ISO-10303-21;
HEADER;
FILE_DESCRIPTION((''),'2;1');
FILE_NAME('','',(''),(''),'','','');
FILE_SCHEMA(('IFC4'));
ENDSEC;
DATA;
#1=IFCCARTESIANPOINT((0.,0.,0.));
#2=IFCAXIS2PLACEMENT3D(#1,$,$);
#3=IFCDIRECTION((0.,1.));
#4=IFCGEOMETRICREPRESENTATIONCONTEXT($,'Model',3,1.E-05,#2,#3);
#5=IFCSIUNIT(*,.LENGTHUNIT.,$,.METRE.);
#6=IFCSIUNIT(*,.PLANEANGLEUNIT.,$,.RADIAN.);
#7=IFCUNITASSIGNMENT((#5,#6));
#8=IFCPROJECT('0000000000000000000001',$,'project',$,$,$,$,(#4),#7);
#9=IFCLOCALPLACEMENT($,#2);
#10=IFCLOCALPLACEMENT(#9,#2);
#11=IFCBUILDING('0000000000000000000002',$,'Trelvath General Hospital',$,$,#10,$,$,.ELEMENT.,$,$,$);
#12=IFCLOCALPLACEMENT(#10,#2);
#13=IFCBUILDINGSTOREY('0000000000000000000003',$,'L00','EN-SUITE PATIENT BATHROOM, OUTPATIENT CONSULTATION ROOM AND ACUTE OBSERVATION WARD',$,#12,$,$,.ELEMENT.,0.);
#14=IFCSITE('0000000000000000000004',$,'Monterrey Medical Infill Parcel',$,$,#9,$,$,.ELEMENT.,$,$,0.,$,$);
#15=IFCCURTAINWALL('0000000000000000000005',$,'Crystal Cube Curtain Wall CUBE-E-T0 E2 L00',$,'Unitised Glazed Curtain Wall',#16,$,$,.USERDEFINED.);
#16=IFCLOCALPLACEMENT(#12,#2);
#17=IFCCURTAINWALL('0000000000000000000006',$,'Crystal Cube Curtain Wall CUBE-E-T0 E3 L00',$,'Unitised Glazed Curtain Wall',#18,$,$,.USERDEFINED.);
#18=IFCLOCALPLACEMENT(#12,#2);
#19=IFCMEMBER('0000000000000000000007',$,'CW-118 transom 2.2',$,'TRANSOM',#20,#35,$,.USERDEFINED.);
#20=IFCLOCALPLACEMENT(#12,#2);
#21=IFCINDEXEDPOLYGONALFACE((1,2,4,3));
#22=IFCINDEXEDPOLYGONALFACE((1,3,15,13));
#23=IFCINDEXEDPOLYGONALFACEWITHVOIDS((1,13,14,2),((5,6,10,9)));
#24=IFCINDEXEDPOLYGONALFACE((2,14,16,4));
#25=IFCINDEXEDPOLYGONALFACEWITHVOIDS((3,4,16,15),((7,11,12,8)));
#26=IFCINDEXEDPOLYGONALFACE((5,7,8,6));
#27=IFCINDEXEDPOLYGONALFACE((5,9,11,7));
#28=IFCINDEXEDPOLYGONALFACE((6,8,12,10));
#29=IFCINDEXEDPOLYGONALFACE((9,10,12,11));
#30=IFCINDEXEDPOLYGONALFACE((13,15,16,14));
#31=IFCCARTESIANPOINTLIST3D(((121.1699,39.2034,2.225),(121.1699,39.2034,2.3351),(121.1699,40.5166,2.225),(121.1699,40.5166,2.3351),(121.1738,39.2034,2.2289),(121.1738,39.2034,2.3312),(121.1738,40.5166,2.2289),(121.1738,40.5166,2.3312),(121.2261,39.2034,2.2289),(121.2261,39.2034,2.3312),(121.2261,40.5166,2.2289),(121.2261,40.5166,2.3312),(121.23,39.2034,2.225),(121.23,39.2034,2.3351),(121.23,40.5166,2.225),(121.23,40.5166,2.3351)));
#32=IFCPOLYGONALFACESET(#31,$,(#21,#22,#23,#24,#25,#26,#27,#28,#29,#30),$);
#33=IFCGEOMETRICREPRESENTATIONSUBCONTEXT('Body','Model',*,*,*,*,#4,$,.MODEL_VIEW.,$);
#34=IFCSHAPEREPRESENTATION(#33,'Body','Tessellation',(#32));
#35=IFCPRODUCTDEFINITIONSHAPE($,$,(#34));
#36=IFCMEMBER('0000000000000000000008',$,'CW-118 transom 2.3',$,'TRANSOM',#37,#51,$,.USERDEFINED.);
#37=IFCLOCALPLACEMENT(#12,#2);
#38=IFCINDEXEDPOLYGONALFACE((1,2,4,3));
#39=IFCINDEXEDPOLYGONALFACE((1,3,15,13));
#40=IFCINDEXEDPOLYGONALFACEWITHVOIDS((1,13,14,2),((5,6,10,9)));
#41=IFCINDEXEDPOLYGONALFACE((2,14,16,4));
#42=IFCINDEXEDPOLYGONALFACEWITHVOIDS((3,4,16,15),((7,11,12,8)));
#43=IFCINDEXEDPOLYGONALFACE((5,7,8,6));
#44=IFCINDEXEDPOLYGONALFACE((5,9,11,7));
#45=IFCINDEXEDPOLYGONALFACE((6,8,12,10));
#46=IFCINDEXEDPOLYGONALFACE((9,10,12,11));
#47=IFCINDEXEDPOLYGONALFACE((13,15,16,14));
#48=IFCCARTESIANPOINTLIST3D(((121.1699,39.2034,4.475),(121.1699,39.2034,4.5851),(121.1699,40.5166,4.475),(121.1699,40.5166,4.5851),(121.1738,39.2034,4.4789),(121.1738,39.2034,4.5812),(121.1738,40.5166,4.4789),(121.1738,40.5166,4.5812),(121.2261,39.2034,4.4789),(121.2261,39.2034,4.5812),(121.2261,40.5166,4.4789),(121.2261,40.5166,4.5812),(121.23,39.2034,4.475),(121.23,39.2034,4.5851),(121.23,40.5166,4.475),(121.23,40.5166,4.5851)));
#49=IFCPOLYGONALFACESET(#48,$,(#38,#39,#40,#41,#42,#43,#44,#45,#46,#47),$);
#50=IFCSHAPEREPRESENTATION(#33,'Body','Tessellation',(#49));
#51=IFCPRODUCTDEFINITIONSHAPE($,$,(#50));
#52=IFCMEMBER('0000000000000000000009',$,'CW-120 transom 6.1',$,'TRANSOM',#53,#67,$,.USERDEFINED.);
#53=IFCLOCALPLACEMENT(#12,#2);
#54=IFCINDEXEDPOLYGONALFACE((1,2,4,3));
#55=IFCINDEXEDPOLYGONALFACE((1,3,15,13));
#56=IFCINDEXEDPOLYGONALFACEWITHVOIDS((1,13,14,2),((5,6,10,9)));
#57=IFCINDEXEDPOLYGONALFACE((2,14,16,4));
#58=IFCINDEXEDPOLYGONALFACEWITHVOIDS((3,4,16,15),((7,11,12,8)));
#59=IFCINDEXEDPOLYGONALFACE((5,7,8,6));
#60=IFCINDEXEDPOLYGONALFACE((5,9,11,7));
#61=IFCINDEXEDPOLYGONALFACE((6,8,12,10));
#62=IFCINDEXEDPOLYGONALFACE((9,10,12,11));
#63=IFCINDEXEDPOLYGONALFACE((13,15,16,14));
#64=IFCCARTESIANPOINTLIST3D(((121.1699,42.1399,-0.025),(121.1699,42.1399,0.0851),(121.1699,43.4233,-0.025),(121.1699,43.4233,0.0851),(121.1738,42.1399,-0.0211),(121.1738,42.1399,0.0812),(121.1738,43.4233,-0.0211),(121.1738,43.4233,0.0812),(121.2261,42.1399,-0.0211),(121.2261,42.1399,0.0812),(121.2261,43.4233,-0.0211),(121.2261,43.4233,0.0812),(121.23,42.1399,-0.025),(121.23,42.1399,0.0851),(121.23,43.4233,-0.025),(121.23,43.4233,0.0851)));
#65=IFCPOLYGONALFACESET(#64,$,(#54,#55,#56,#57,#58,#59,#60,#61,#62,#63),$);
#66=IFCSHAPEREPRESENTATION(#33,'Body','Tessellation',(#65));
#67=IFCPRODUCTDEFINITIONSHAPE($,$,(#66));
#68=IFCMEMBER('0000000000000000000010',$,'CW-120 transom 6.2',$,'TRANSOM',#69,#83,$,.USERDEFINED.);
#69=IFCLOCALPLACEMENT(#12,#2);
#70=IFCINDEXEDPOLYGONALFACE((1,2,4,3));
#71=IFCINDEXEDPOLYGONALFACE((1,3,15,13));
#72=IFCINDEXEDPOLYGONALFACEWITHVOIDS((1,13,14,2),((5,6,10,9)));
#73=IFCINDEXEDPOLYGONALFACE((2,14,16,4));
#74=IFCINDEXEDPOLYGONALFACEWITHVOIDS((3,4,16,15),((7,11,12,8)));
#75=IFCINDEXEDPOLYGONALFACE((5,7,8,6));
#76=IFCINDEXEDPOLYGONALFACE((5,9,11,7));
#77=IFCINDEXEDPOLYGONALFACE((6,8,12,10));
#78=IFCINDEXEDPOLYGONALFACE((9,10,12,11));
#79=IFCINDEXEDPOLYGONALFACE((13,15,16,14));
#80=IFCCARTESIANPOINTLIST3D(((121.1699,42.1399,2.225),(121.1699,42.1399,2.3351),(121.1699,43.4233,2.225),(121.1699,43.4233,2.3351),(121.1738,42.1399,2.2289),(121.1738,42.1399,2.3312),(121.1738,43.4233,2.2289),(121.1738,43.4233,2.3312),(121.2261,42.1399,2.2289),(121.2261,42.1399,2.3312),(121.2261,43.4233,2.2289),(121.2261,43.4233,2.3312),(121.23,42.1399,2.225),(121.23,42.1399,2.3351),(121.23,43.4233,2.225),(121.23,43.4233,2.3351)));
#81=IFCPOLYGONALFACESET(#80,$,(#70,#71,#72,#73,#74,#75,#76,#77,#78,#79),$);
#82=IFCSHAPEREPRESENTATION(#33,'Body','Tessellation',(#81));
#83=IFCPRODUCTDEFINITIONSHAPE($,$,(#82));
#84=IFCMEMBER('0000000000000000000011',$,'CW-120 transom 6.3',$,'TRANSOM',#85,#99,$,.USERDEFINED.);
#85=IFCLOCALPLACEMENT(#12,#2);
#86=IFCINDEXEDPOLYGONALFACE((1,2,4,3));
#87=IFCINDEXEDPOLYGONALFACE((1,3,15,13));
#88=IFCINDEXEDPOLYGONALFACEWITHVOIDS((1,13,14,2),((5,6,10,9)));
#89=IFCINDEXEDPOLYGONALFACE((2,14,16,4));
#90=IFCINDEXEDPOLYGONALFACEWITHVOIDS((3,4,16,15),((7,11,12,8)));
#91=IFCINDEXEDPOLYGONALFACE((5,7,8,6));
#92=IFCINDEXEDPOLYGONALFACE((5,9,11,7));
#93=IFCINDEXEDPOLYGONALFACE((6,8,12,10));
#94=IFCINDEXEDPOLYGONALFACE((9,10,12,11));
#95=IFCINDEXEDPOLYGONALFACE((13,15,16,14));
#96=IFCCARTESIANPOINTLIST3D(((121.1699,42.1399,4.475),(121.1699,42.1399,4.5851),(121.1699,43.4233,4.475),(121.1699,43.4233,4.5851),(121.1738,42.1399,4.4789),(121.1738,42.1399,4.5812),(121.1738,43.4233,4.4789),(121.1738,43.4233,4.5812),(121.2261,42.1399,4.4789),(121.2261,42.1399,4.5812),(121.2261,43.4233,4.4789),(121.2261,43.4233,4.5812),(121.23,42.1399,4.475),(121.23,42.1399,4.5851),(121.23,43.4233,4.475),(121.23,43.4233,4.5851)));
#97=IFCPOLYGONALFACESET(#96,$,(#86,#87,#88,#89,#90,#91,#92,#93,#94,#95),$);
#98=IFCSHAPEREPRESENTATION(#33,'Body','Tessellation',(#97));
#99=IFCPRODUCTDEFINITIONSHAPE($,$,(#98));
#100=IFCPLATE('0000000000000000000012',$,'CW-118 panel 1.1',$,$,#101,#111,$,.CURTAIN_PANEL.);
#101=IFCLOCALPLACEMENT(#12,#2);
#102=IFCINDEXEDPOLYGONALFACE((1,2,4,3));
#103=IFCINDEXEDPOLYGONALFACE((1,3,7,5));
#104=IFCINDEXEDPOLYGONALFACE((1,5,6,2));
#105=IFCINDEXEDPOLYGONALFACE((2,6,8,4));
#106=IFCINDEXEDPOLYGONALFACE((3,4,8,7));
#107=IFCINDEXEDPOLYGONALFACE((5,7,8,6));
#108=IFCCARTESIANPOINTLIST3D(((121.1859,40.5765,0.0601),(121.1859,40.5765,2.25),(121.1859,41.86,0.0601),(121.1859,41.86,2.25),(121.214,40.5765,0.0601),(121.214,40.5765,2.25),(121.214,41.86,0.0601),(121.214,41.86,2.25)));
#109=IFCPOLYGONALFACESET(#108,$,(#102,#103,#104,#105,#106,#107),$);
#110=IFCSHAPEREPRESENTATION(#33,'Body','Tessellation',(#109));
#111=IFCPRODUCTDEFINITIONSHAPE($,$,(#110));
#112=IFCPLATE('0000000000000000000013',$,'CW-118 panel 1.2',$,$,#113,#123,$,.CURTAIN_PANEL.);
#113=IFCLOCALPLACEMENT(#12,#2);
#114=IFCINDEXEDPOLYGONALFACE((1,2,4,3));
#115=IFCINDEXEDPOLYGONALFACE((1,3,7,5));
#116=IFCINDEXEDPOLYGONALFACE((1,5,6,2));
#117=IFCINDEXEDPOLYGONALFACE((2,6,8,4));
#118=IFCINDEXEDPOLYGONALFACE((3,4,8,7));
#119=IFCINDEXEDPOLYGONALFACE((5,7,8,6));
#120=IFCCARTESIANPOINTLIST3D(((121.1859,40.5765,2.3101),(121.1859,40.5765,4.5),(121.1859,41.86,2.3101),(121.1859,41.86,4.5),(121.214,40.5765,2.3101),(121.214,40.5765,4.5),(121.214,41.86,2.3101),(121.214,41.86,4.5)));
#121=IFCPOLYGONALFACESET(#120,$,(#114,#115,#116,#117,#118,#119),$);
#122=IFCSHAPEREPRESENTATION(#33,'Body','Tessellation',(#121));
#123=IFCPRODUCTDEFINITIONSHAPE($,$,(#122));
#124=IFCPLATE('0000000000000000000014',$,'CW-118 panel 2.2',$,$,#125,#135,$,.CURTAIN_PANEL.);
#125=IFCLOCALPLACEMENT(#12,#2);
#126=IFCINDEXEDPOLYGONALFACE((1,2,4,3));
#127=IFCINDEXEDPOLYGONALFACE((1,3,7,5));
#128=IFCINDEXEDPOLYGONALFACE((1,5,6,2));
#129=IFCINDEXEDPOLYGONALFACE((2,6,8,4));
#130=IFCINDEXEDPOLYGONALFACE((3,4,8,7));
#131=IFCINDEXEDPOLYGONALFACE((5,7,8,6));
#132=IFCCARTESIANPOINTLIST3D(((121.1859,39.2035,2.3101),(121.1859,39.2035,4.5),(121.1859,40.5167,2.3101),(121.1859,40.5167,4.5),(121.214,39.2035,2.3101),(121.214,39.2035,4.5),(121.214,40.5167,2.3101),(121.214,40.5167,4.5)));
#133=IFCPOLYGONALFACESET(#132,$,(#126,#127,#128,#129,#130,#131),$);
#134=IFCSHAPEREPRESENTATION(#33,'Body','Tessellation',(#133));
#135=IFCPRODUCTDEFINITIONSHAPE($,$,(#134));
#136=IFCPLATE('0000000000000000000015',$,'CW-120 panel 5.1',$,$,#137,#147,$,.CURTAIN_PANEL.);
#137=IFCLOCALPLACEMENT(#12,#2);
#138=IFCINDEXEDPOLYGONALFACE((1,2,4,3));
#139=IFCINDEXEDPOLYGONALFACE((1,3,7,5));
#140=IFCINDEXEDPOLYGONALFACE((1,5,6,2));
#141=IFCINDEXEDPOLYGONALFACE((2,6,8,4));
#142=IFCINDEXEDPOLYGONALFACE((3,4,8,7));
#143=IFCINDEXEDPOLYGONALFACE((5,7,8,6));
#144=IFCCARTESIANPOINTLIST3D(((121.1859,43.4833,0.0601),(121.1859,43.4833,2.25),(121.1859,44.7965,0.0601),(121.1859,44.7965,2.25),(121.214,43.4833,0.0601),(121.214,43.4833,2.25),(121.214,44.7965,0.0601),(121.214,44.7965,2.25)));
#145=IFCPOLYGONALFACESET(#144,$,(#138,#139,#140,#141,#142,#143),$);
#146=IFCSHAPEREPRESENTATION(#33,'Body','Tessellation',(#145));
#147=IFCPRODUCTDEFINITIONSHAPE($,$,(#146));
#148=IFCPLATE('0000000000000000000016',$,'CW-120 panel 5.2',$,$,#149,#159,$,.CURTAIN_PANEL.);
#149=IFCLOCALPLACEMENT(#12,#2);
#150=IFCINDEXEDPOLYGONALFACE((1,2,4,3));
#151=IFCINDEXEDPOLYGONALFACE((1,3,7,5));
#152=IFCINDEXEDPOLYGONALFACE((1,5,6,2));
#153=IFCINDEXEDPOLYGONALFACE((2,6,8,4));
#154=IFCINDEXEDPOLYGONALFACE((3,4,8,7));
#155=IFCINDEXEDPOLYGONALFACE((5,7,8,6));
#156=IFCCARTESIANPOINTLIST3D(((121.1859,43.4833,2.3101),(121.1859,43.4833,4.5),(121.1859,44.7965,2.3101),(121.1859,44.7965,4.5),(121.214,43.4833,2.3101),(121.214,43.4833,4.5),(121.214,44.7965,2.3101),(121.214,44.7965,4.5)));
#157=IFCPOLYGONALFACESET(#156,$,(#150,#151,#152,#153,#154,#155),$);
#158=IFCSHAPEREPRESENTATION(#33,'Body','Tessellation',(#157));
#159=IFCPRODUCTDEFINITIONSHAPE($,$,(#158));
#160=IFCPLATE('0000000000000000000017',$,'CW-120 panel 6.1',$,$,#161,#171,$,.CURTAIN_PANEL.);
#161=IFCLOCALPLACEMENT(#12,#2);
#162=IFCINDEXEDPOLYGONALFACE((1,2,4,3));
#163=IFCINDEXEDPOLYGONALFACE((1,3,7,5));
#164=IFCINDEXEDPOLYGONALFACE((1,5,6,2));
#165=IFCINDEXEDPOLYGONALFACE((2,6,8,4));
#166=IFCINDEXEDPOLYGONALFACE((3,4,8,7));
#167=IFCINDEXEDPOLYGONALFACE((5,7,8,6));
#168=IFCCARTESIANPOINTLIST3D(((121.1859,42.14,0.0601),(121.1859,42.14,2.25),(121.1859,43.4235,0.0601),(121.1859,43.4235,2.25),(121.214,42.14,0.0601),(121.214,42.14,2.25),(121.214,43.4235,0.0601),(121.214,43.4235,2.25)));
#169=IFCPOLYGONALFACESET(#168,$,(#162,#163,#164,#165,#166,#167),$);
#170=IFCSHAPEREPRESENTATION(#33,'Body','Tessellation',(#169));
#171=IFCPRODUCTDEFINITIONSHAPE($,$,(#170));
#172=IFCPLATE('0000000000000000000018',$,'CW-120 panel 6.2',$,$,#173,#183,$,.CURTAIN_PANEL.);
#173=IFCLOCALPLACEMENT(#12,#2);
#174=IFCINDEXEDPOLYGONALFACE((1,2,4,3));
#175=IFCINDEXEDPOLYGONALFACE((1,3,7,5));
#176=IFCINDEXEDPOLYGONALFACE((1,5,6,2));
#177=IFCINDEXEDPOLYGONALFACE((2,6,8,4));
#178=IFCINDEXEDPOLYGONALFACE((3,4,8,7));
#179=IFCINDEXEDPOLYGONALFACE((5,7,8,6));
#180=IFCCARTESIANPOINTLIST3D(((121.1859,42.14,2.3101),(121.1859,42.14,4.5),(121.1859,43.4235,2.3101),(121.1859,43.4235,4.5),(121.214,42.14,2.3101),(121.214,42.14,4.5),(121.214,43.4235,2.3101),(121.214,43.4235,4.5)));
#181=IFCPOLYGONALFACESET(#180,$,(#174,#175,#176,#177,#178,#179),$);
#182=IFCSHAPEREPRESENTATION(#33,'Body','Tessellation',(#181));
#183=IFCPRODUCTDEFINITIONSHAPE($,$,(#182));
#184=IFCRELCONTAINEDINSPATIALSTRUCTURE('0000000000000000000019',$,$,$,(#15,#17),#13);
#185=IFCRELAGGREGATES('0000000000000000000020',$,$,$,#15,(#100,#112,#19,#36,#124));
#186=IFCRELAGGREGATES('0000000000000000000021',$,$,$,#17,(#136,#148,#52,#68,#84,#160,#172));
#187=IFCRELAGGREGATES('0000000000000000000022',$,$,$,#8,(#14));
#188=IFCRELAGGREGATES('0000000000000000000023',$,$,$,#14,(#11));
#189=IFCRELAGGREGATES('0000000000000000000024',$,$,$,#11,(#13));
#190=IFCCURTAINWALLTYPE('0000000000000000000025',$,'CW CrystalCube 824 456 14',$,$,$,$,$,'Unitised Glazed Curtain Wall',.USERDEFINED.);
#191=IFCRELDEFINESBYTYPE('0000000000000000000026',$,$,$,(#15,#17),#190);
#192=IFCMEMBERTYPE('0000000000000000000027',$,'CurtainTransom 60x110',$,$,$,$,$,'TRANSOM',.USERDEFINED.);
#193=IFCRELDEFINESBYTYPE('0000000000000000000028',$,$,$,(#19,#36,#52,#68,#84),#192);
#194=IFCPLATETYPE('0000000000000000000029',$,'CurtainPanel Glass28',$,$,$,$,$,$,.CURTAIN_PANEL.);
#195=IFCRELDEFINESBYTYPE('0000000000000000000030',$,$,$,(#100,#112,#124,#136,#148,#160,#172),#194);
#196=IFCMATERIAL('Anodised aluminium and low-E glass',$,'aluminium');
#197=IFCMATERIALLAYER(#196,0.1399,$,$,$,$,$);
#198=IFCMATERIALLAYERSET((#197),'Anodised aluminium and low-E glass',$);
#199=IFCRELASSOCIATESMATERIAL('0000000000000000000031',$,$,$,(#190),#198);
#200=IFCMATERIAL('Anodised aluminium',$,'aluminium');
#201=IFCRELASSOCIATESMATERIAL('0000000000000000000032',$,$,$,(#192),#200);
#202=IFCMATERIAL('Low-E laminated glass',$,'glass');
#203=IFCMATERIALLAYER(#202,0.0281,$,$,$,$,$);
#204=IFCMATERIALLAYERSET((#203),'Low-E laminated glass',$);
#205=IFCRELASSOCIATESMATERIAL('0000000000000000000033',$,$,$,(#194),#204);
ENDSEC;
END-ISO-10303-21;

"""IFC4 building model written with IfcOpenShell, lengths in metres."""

from ifc_helpers import new_model, si_unit, direction, frame, origin, origin_2d, place, context, subcontext, project, spatial, rectangle, hollow_rectangle, extrude, material, layer, layer_set, material_profile, profile_set, type_object, element, aggregate, save


model = new_model("IFC4")

# Units and contexts
model_context = context("Model", 3, precision=1e-05, world=origin(), true_north=direction((0.0, 1.0)))
body_context = subcontext(model_context, "Body", "Model", "MODEL_VIEW")
ifc_project = project(units=[si_unit("LENGTHUNIT", "METRE"), si_unit("PLANEANGLEUNIT", "RADIAN")], contexts=[model_context])

# Site, building, storey
site_placement = place(None, origin())
site = spatial("IfcSite", under=ifc_project, at=site_placement, Name="Monterrey Medical Infill Parcel", CompositionType="ELEMENT", RefElevation=0.0)
building_placement = place(site_placement, origin())
building = spatial("IfcBuilding", under=site, at=building_placement, Name="Trelvath General Hospital", CompositionType="ELEMENT")
storey_placement = place(building_placement, origin())
storey = spatial("IfcBuildingStorey", under=building, at=storey_placement, Name="L00", Description="EN-SUITE PATIENT BATHROOM, OUTPATIENT CONSULTATION ROOM AND ACUTE OBSERVATION WARD", CompositionType="ELEMENT", Elevation=0.0)

# Curtain walls
ifc_material_1 = material(Name="Anodised aluminium and low-E glass", Category="aluminium")
ifc_layer_1 = layer(ifc_material_1, 0.1399)
ifc_layer_set_1 = layer_set([ifc_layer_1], Name="Anodised aluminium and low-E glass")
curtain_wall_type = type_object("IfcCurtainWallType", Name="CW CrystalCube 824 456 14", ElementType="Unitised Glazed Curtain Wall", PredefinedType="USERDEFINED", material=ifc_layer_set_1)
curtain_wall_1_placement = place(storey_placement, origin())
curtain_wall_1 = element("IfcCurtainWall", 1, at=curtain_wall_1_placement, inside=storey, type_object=curtain_wall_type, Name="Crystal Cube Curtain Wall CUBE-E-T0 E2 L00", ObjectType="Unitised Glazed Curtain Wall", PredefinedType="USERDEFINED")
curtain_wall_2_placement = place(storey_placement, origin())
curtain_wall_2 = element("IfcCurtainWall", 2, at=curtain_wall_2_placement, inside=storey, type_object=curtain_wall_type, Name="Crystal Cube Curtain Wall CUBE-E-T0 E3 L00", ObjectType="Unitised Glazed Curtain Wall", PredefinedType="USERDEFINED")

# Members
ifc_material_2 = material(Name="Anodised aluminium", Category="aluminium")
ifc_material_profile_1 = material_profile(ifc_material_2, hollow_rectangle(XDim=0.0601, YDim=0.1101, WallThickness=0.0039, at=origin_2d()), Name="RHS60x110x4")
ifc_profile_set_1 = profile_set([ifc_material_profile_1], Name="Anodised aluminium")
member_type_1 = type_object("IfcMemberType", Name="CurtainTransom 60x110", ElementType="TRANSOM", PredefinedType="USERDEFINED", material=ifc_profile_set_1)
member_1_placement = place(storey_placement, frame((121.2, 40.5166, 2.28), z_axis=(0.0, -1.0, 0.0), x_axis=(1.0, 0.0, 0.0)))
member_1 = element("IfcMember", 3, at=member_1_placement, type_object=member_type_1, Name="CW-118 transom 2.2", ObjectType="TRANSOM", PredefinedType="USERDEFINED", context=body_context, shape_type="SweptSolid", body=[
    extrude(hollow_rectangle(XDim=0.0601, YDim=0.1101, WallThickness=0.0039, at=origin_2d()), origin(), (0.0, 0.0, 1.0), 1.3132),
])
member_2_placement = place(storey_placement, frame((121.2, 40.5166, 4.53), z_axis=(0.0, -1.0, 0.0), x_axis=(1.0, 0.0, 0.0)))
member_2 = element("IfcMember", 4, at=member_2_placement, type_object=member_type_1, Name="CW-118 transom 2.3", ObjectType="TRANSOM", PredefinedType="USERDEFINED", context=body_context, shape_type="SweptSolid", body=[
    extrude(hollow_rectangle(XDim=0.0601, YDim=0.1101, WallThickness=0.0039, at=origin_2d()), origin(), (0.0, 0.0, 1.0), 1.3132),
])
member_3_placement = place(storey_placement, frame((121.2, 43.4233, 0.03), z_axis=(0.0, -1.0, 0.0), x_axis=(1.0, 0.0, 0.0)))
member_3 = element("IfcMember", 5, at=member_3_placement, type_object=member_type_1, Name="CW-120 transom 6.1", ObjectType="TRANSOM", PredefinedType="USERDEFINED", context=body_context, shape_type="SweptSolid", body=[
    extrude(hollow_rectangle(XDim=0.0601, YDim=0.1101, WallThickness=0.0039, at=origin_2d()), origin(), (0.0, 0.0, 1.0), 1.2834),
])
member_4_placement = place(storey_placement, frame((121.2, 43.4233, 2.28), z_axis=(0.0, -1.0, 0.0), x_axis=(1.0, 0.0, 0.0)))
member_4 = element("IfcMember", 6, at=member_4_placement, type_object=member_type_1, Name="CW-120 transom 6.2", ObjectType="TRANSOM", PredefinedType="USERDEFINED", context=body_context, shape_type="SweptSolid", body=[
    extrude(hollow_rectangle(XDim=0.0601, YDim=0.1101, WallThickness=0.0039, at=origin_2d()), origin(), (0.0, 0.0, 1.0), 1.2834),
])
member_5_placement = place(storey_placement, frame((121.2, 43.4233, 4.53), z_axis=(0.0, -1.0, 0.0), x_axis=(1.0, 0.0, 0.0)))
member_5 = element("IfcMember", 7, at=member_5_placement, type_object=member_type_1, Name="CW-120 transom 6.3", ObjectType="TRANSOM", PredefinedType="USERDEFINED", context=body_context, shape_type="SweptSolid", body=[
    extrude(hollow_rectangle(XDim=0.0601, YDim=0.1101, WallThickness=0.0039, at=origin_2d()), origin(), (0.0, 0.0, 1.0), 1.2834),
])

# Plates
ifc_material_3 = material(Name="Low-E laminated glass", Category="glass")
ifc_layer_2 = layer(ifc_material_3, 0.0281)
ifc_layer_set_2 = layer_set([ifc_layer_2], Name="Low-E laminated glass")
plate_type = type_object("IfcPlateType", Name="CurtainPanel Glass28", PredefinedType="CURTAIN_PANEL", material=ifc_layer_set_2)
plate_1_placement = place(storey_placement, frame((121.2, 41.2183, 0.0601), z_axis=(0.0, 0.0, 1.0), x_axis=(0.0, -1.0, 0.0)))
plate_1 = element("IfcPlate", 8, at=plate_1_placement, type_object=plate_type, Name="CW-118 panel 1.1", PredefinedType="CURTAIN_PANEL", context=body_context, shape_type="SweptSolid", body=[
    extrude(rectangle(XDim=1.2834, YDim=0.0281, at=origin_2d()), origin(), (0.0, 0.0, 1.0), 2.1899),
])
plate_2_placement = place(storey_placement, frame((121.2, 41.2183, 2.3101), z_axis=(0.0, 0.0, 1.0), x_axis=(0.0, -1.0, 0.0)))
plate_2 = element("IfcPlate", 9, at=plate_2_placement, type_object=plate_type, Name="CW-118 panel 1.2", PredefinedType="CURTAIN_PANEL", context=body_context, shape_type="SweptSolid", body=[
    extrude(rectangle(XDim=1.2834, YDim=0.0281, at=origin_2d()), origin(), (0.0, 0.0, 1.0), 2.1899),
])
plate_3_placement = place(storey_placement, frame((121.2, 39.8601, 2.3101), z_axis=(0.0, 0.0, 1.0), x_axis=(0.0, -1.0, 0.0)))
plate_3 = element("IfcPlate", 10, at=plate_3_placement, type_object=plate_type, Name="CW-118 panel 2.2", PredefinedType="CURTAIN_PANEL", context=body_context, shape_type="SweptSolid", body=[
    extrude(rectangle(XDim=1.3132, YDim=0.0281, at=origin_2d()), origin(), (0.0, 0.0, 1.0), 2.1899),
])
aggregate(curtain_wall_1, [plate_1, plate_2, member_1, member_2, plate_3])
plate_4_placement = place(storey_placement, frame((121.2, 44.1399, 0.0601), z_axis=(0.0, 0.0, 1.0), x_axis=(0.0, -1.0, 0.0)))
plate_4 = element("IfcPlate", 11, at=plate_4_placement, type_object=plate_type, Name="CW-120 panel 5.1", PredefinedType="CURTAIN_PANEL", context=body_context, shape_type="SweptSolid", body=[
    extrude(rectangle(XDim=1.3132, YDim=0.0281, at=origin_2d()), origin(), (0.0, 0.0, 1.0), 2.1899),
])
plate_5_placement = place(storey_placement, frame((121.2, 44.1399, 2.3101), z_axis=(0.0, 0.0, 1.0), x_axis=(0.0, -1.0, 0.0)))
plate_5 = element("IfcPlate", 12, at=plate_5_placement, type_object=plate_type, Name="CW-120 panel 5.2", PredefinedType="CURTAIN_PANEL", context=body_context, shape_type="SweptSolid", body=[
    extrude(rectangle(XDim=1.3132, YDim=0.0281, at=origin_2d()), origin(), (0.0, 0.0, 1.0), 2.1899),
])
plate_6_placement = place(storey_placement, frame((121.2, 42.7817, 0.0601), z_axis=(0.0, 0.0, 1.0), x_axis=(0.0, -1.0, 0.0)))
plate_6 = element("IfcPlate", 13, at=plate_6_placement, type_object=plate_type, Name="CW-120 panel 6.1", PredefinedType="CURTAIN_PANEL", context=body_context, shape_type="SweptSolid", body=[
    extrude(rectangle(XDim=1.2834, YDim=0.0281, at=origin_2d()), origin(), (0.0, 0.0, 1.0), 2.1899),
])
plate_7_placement = place(storey_placement, frame((121.2, 42.7817, 2.3101), z_axis=(0.0, 0.0, 1.0), x_axis=(0.0, -1.0, 0.0)))
plate_7 = element("IfcPlate", 14, at=plate_7_placement, type_object=plate_type, Name="CW-120 panel 6.2", PredefinedType="CURTAIN_PANEL", context=body_context, shape_type="SweptSolid", body=[
    extrude(rectangle(XDim=1.2834, YDim=0.0281, at=origin_2d()), origin(), (0.0, 0.0, 1.0), 2.1899),
])
aggregate(curtain_wall_2, [plate_4, plate_5, member_3, member_4, member_5, plate_6, plate_7])

save(model, "model.ifc")
